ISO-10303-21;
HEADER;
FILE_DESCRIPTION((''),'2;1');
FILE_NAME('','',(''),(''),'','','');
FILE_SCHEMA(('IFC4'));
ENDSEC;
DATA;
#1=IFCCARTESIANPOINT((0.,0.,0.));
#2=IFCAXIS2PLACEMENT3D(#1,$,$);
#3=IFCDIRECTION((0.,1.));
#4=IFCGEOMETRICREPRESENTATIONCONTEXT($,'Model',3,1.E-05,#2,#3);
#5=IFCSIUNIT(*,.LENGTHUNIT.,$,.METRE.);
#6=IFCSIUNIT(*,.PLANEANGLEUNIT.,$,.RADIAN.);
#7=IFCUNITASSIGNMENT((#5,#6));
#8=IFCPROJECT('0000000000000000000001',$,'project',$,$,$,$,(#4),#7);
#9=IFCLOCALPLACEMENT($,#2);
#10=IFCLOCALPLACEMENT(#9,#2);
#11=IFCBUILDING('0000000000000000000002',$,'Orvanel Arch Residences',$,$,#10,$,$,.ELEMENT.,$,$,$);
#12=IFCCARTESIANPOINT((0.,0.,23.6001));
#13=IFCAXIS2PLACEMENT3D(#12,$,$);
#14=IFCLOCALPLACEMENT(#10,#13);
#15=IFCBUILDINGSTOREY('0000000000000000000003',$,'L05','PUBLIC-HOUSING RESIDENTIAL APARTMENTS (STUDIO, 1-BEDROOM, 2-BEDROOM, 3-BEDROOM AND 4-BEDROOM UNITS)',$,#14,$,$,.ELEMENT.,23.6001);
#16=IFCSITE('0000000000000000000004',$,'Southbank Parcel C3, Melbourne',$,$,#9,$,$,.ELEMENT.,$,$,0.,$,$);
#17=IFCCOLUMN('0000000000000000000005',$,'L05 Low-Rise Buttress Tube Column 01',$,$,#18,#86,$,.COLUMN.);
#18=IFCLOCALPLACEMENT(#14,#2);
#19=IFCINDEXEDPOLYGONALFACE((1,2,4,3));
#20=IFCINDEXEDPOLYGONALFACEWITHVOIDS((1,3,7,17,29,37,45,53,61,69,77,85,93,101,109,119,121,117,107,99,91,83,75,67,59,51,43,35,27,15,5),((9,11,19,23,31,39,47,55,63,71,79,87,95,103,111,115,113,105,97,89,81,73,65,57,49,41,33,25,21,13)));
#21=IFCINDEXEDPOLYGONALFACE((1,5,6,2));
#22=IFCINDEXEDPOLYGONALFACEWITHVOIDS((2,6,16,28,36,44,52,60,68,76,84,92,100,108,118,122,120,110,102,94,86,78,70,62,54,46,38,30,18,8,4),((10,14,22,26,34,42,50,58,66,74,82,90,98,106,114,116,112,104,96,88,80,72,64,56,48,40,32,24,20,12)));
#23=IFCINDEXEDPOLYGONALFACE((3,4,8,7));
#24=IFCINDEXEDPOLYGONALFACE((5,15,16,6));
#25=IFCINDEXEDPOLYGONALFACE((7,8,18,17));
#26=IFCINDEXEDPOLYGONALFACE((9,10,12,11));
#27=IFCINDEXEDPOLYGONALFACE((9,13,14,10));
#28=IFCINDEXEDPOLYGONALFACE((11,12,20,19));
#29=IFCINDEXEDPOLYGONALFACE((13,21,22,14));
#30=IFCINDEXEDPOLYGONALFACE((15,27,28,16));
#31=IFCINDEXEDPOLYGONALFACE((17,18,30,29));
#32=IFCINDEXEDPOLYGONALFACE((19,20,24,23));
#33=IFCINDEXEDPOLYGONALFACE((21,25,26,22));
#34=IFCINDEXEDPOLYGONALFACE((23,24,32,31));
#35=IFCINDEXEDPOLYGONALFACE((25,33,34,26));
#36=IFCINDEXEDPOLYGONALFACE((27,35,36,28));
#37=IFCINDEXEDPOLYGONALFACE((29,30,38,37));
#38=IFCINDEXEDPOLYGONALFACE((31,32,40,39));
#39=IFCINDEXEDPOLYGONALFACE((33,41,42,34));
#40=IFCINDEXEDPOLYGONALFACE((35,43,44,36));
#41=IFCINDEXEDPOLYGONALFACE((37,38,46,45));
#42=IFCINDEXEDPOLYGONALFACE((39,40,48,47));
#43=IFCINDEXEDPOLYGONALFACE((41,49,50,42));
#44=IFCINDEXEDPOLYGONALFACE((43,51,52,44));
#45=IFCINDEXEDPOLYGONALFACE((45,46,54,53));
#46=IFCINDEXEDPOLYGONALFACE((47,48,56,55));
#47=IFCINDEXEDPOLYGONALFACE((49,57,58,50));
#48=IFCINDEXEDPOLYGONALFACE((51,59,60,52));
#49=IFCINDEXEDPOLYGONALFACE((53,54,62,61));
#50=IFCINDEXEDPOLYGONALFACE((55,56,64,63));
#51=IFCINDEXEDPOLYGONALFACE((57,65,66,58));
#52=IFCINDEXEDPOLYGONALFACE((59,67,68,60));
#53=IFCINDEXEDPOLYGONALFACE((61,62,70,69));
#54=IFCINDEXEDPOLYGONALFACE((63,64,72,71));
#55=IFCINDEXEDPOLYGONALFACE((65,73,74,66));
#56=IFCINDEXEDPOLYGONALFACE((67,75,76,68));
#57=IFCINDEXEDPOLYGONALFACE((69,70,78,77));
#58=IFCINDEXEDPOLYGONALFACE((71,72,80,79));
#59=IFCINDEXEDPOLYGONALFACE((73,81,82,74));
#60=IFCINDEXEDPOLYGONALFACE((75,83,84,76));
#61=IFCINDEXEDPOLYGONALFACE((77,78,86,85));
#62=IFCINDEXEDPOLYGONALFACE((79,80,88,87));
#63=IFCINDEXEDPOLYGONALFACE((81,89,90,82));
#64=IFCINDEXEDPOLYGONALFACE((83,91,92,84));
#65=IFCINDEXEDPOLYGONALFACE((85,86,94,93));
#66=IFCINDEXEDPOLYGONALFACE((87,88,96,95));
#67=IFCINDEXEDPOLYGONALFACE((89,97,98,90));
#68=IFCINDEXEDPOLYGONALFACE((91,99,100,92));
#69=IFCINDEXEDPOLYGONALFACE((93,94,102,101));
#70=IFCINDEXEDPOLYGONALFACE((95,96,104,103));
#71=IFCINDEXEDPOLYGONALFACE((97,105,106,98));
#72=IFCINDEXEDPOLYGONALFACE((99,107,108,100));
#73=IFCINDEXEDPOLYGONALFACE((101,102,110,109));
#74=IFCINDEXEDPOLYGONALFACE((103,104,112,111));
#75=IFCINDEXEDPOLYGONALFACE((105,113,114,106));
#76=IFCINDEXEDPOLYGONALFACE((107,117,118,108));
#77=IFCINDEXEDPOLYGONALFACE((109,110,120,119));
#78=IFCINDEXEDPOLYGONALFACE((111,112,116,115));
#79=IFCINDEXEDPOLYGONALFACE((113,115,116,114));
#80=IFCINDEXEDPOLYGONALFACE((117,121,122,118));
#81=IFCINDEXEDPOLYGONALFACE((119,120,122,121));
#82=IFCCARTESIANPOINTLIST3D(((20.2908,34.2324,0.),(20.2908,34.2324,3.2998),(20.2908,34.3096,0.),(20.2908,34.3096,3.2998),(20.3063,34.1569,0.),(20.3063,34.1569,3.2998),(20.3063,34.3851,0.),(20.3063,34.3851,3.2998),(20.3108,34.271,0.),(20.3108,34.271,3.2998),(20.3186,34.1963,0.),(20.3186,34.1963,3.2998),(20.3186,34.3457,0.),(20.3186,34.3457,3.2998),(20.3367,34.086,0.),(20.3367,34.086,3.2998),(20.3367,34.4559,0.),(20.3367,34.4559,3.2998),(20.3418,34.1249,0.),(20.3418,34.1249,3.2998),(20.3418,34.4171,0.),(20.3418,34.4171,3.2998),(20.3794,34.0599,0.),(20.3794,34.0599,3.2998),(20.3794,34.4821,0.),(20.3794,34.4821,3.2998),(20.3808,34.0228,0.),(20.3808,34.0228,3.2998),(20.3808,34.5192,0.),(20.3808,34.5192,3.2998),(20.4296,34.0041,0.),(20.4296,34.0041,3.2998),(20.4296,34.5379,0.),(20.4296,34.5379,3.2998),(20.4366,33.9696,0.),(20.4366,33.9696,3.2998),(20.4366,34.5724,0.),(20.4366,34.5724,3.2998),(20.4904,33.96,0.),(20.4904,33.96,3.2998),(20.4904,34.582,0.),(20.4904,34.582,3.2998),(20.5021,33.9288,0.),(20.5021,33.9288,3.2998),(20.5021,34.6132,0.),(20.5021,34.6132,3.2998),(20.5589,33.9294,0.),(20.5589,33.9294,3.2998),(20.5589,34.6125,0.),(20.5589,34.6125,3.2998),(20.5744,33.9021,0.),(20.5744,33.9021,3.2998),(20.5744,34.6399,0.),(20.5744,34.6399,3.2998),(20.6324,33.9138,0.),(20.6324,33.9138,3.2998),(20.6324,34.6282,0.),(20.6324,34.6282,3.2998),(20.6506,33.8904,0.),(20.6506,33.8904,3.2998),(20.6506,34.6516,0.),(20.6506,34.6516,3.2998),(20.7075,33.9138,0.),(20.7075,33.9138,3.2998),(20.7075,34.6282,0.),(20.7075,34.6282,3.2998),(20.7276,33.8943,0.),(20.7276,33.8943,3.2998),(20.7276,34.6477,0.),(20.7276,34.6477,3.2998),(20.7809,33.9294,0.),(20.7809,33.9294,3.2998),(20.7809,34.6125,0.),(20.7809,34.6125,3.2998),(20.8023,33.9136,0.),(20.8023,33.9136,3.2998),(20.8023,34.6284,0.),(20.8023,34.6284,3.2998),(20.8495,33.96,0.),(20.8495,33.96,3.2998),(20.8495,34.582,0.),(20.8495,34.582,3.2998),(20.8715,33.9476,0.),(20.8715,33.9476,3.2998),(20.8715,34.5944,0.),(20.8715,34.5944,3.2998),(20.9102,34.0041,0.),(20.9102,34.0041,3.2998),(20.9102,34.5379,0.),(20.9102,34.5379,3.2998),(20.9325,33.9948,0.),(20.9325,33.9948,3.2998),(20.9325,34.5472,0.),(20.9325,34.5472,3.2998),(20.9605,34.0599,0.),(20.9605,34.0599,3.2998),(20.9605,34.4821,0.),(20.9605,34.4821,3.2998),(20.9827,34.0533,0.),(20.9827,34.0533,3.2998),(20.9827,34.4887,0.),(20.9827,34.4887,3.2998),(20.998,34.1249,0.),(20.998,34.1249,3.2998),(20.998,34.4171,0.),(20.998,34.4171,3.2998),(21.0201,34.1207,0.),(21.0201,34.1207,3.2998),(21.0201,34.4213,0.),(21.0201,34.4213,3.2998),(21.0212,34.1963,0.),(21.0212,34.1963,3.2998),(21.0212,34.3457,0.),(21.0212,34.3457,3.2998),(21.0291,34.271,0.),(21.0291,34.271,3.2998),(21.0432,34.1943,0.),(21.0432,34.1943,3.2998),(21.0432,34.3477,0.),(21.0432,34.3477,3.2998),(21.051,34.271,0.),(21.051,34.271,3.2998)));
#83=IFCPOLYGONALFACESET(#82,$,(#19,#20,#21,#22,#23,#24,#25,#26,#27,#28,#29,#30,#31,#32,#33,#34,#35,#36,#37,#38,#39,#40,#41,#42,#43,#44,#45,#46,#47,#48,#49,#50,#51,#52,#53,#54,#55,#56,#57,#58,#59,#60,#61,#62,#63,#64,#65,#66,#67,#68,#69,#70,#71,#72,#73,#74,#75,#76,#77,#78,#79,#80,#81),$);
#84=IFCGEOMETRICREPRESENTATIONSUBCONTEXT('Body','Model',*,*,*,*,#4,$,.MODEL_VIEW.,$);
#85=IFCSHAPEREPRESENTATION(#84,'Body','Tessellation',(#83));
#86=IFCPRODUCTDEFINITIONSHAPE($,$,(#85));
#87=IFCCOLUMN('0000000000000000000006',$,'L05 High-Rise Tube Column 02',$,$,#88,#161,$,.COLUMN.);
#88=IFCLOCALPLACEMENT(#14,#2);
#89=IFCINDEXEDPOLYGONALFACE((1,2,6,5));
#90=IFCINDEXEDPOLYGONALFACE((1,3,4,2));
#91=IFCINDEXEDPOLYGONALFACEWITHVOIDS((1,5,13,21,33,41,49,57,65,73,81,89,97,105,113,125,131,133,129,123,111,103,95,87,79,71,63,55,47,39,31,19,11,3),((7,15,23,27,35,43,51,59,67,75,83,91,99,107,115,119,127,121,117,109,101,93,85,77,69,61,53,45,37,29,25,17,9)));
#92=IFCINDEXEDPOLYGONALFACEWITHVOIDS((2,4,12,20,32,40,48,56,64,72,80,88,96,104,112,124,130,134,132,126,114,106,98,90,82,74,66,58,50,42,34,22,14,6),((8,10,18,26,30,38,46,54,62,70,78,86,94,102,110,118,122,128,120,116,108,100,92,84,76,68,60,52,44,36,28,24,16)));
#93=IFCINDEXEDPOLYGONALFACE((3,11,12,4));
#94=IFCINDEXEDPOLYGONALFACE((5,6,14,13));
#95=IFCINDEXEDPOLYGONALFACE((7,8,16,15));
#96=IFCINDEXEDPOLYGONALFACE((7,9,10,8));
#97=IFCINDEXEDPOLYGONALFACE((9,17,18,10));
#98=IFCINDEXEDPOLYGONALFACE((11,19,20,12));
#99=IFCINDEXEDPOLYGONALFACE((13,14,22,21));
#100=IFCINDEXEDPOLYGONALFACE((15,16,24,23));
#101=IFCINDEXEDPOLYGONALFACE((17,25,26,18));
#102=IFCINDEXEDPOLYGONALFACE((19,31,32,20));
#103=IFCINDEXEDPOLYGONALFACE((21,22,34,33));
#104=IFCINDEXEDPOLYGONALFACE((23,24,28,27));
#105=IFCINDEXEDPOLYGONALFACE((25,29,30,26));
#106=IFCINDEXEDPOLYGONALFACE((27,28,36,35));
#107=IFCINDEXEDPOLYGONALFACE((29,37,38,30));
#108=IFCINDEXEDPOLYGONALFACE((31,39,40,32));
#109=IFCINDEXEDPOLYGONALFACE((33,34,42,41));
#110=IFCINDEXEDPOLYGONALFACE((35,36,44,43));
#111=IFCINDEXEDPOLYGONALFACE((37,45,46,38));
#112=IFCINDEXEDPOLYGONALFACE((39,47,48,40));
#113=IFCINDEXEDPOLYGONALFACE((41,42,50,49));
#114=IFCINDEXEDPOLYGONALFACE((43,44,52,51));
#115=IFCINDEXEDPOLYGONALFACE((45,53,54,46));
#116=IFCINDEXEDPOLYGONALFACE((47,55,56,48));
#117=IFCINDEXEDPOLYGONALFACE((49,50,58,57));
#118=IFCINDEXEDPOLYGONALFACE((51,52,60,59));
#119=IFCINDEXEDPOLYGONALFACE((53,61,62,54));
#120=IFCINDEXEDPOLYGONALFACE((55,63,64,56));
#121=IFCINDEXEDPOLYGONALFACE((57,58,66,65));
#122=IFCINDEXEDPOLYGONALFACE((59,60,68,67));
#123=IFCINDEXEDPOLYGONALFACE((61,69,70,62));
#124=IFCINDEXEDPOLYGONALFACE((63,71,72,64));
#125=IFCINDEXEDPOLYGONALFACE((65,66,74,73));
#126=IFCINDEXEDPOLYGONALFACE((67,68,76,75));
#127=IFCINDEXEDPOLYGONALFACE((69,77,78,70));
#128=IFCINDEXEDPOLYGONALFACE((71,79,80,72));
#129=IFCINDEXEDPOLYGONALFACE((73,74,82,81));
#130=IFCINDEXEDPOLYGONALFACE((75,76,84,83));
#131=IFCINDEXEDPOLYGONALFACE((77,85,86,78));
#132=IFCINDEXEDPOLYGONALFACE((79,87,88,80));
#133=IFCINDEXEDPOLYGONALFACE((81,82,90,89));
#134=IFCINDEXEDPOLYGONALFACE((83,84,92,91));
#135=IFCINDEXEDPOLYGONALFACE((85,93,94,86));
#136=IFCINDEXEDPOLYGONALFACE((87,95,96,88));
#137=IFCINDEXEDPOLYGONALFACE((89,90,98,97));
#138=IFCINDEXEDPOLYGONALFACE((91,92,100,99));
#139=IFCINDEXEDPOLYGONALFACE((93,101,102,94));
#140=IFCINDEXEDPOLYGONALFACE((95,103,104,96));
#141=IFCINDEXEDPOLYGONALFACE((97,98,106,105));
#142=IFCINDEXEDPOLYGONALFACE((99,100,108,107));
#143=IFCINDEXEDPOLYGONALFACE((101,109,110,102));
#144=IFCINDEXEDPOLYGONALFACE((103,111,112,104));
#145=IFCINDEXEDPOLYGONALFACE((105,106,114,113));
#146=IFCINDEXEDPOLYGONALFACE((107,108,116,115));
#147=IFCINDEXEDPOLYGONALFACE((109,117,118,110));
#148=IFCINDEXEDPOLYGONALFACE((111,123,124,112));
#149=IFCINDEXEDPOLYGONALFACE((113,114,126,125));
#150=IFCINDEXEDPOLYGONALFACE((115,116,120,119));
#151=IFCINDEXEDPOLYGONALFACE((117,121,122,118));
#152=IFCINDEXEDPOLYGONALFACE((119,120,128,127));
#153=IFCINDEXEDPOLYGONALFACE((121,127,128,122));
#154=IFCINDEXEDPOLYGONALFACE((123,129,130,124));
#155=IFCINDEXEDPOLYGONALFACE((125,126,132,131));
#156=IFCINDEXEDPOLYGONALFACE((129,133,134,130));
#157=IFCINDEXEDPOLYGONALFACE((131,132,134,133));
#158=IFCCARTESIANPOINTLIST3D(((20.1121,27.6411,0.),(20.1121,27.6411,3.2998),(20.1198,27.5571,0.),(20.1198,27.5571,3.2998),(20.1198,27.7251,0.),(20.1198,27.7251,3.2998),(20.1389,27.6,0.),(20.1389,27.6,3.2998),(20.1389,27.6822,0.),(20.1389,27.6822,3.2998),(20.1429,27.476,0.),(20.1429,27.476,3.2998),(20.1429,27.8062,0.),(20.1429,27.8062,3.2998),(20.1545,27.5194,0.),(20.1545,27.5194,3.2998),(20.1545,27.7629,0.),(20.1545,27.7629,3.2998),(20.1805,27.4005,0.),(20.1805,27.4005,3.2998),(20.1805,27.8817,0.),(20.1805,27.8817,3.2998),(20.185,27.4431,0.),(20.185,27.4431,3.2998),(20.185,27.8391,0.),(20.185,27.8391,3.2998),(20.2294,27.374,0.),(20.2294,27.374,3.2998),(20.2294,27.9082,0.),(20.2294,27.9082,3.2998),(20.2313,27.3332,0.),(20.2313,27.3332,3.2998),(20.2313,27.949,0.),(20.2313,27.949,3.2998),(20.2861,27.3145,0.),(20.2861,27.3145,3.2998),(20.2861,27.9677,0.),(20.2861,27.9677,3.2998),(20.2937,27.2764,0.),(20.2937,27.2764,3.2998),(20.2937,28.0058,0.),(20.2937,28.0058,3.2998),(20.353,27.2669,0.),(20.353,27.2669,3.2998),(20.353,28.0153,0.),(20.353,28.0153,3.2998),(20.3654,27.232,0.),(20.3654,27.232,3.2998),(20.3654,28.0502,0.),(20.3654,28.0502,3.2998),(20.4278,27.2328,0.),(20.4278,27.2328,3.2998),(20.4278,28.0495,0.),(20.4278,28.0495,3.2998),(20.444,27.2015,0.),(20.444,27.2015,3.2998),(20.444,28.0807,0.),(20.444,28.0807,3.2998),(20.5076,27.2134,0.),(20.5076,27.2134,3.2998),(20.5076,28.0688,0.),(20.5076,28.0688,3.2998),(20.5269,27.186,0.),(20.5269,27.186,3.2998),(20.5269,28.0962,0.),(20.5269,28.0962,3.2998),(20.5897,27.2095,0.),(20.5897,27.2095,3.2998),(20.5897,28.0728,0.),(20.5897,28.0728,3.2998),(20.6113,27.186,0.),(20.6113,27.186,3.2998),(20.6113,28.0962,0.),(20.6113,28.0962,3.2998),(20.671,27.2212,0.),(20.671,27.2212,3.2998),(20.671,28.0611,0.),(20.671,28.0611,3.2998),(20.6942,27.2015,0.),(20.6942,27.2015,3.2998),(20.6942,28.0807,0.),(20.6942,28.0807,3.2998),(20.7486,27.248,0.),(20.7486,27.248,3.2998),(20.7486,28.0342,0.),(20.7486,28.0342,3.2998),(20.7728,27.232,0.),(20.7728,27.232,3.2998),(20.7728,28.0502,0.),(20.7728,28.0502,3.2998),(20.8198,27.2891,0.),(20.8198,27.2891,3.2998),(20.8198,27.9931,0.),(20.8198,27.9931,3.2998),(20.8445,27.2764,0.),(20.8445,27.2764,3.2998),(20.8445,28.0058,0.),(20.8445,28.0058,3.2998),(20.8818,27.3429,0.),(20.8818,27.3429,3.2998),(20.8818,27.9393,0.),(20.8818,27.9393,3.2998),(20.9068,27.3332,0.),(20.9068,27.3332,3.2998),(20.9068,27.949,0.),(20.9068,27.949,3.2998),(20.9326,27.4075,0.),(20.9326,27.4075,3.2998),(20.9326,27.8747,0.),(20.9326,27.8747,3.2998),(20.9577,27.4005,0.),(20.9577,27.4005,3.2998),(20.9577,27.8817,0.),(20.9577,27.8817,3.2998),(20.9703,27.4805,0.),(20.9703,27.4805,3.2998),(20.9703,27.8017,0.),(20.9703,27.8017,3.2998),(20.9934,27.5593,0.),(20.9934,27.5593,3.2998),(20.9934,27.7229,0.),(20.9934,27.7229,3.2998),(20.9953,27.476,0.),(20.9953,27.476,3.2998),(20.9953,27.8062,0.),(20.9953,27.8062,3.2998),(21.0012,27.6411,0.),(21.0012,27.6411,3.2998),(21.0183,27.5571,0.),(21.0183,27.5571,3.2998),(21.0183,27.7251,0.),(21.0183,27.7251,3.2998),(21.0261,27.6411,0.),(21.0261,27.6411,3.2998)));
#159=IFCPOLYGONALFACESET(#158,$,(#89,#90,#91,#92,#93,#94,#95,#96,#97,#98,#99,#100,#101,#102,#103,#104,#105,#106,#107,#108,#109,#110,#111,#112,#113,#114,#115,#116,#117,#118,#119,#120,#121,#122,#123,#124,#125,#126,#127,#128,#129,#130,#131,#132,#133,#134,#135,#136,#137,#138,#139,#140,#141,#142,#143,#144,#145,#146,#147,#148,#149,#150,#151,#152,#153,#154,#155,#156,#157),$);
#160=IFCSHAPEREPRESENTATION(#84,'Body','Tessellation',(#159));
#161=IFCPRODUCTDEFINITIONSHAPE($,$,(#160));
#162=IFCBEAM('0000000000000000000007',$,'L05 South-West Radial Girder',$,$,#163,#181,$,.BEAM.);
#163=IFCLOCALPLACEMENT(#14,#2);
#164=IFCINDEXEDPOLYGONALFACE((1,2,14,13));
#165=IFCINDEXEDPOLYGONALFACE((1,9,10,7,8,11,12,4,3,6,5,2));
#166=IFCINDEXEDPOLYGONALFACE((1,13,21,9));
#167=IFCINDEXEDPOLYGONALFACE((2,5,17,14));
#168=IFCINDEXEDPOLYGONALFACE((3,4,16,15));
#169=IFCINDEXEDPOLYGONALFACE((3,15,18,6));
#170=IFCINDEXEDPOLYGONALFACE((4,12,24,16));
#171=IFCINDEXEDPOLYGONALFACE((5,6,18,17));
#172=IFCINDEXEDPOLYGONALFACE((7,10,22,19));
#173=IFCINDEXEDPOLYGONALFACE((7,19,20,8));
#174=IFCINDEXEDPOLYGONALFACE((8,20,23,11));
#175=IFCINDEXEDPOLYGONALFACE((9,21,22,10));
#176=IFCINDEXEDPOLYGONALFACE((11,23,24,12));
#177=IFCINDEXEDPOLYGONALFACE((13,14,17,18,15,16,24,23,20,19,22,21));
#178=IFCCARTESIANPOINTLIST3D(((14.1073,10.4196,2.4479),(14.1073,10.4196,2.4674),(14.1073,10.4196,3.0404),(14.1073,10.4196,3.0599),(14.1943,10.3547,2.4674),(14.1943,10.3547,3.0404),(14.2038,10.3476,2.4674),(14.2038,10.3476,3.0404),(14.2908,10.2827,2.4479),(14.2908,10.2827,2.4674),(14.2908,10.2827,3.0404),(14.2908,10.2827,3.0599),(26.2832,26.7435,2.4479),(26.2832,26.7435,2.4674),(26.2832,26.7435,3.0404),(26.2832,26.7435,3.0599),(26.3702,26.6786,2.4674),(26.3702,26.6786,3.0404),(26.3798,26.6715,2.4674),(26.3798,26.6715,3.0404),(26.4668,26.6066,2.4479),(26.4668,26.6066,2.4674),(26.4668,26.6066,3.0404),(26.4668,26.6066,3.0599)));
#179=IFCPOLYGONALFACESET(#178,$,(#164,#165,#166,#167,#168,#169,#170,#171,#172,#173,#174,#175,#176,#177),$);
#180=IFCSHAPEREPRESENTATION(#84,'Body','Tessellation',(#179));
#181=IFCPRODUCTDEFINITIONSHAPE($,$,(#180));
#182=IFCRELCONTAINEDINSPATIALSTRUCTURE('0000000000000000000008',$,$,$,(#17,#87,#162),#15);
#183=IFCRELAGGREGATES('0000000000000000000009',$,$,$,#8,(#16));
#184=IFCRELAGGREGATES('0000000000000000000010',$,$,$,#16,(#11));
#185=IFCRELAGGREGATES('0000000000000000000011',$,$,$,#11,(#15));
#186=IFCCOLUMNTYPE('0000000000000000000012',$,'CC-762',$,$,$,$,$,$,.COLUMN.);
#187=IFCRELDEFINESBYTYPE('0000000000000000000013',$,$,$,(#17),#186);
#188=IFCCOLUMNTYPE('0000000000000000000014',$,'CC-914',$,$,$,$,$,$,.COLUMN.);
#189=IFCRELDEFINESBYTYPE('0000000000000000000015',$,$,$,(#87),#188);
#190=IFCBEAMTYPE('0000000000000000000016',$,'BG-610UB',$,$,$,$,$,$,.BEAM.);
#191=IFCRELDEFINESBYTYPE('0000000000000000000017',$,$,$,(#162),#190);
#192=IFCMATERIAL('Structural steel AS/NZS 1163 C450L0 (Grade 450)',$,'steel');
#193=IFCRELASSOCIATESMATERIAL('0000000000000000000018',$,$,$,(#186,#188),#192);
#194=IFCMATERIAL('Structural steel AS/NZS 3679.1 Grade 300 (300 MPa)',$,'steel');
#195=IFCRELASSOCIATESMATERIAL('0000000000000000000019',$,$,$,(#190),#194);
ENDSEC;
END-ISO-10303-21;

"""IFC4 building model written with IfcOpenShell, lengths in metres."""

from ifc_helpers import new_model, si_unit, direction, frame, origin, origin_2d, place, context, subcontext, project, spatial, hollow_circle, i_section, extrude, material, material_profile, profile_set, type_object, element, save


model = new_model("IFC4")

# Units and contexts
model_context = context("Model", 3, precision=1e-05, world=origin(), true_north=direction((0.0, 1.0)))
body_context = subcontext(model_context, "Body", "Model", "MODEL_VIEW")
ifc_project = project(units=[si_unit("LENGTHUNIT", "METRE"), si_unit("PLANEANGLEUNIT", "RADIAN")], contexts=[model_context])

# Site, building, storey
site_placement = place(None, origin())
site = spatial("IfcSite", under=ifc_project, at=site_placement, Name="Southbank Parcel C3, Melbourne", CompositionType="ELEMENT", RefElevation=0.0)
building_placement = place(site_placement, origin())
building = spatial("IfcBuilding", under=site, at=building_placement, Name="Orvanel Arch Residences", CompositionType="ELEMENT")
storey_placement = place(building_placement, frame((0.0, 0.0, 23.6001)))
storey = spatial("IfcBuildingStorey", under=building, at=storey_placement, Name="L05", Description="PUBLIC-HOUSING RESIDENTIAL APARTMENTS (STUDIO, 1-BEDROOM, 2-BEDROOM, 3-BEDROOM AND 4-BEDROOM UNITS)", CompositionType="ELEMENT", Elevation=23.6001)

# Columns
ifc_material_1 = material(Name="Structural steel AS/NZS 1163 C450L0 (Grade 450)", Category="steel")
ifc_material_profile_1 = material_profile(ifc_material_1, hollow_circle(Radius=0.3811, WallThickness=0.022, at=origin_2d()), Name="CHS762x22")
ifc_profile_set_1 = profile_set([ifc_material_profile_1], Name="Structural steel AS/NZS 1163 C450L0 (Grade 450)")
column_type_1 = type_object("IfcColumnType", Name="CC-762", PredefinedType="COLUMN", material=ifc_profile_set_1)
column_1_placement = place(storey_placement, frame((20.6699, 34.271, 0.0), z_axis=(0.0, 0.0, 1.0), x_axis=(1.0, 0.0, 0.0)))
element("IfcColumn", 1, at=column_1_placement, inside=storey, type_object=column_type_1, Name="L05 Low-Rise Buttress Tube Column 01", PredefinedType="COLUMN", context=body_context, shape_type="SweptSolid", body=[
    extrude(hollow_circle(Radius=0.3811, WallThickness=0.022, at=origin_2d()), origin(), (0.0, 0.0, 1.0), 3.2998),
])
ifc_material_profile_2 = material_profile(ifc_material_1, hollow_circle(Radius=0.457, WallThickness=0.0249, at=origin_2d()), Name="CHS914x25")
ifc_profile_set_2 = profile_set([ifc_material_profile_2], Name="Structural steel AS/NZS 1163 C450L0 (Grade 450)")
column_type_2 = type_object("IfcColumnType", Name="CC-914", PredefinedType="COLUMN", material=ifc_profile_set_2)
column_2_placement = place(storey_placement, frame((20.5691, 27.6411, 0.0), z_axis=(0.0, 0.0, 1.0), x_axis=(1.0, 0.0, 0.0)))
element("IfcColumn", 2, at=column_2_placement, inside=storey, type_object=column_type_2, Name="L05 High-Rise Tube Column 02", PredefinedType="COLUMN", context=body_context, shape_type="SweptSolid", body=[
    extrude(hollow_circle(Radius=0.457, WallThickness=0.0249, at=origin_2d()), origin(), (0.0, 0.0, 1.0), 3.2998),
])

# Beam
ifc_material_2 = material(Name="Structural steel AS/NZS 3679.1 Grade 300 (300 MPa)", Category="steel")
ifc_material_profile_3 = material_profile(ifc_material_2, i_section(OverallWidth=0.229, OverallDepth=0.6121, WebThickness=0.012, FlangeThickness=0.0195, at=origin_2d()), Name="610UB125")
ifc_profile_set_3 = profile_set([ifc_material_profile_3], Name="Structural steel AS/NZS 3679.1 Grade 300 (300 MPa)")
beam_type_1 = type_object("IfcBeamType", Name="BG-610UB", PredefinedType="BEAM", material=ifc_profile_set_3)
beam_1_placement = place(storey_placement, frame((26.375, 26.675, 2.7539), z_axis=(-0.597894, -0.801575, 0.0), x_axis=(0.801575, -0.597894, 0.0)))
element("IfcBeam", 3, at=beam_1_placement, inside=storey, type_object=beam_type_1, Name="L05 South-West Radial Girder", PredefinedType="BEAM", context=body_context, shape_type="SweptSolid", body=[
    extrude(i_section(OverallWidth=0.229, OverallDepth=0.6121, WebThickness=0.012, FlangeThickness=0.0195, at=origin_2d()), origin(), (0.0, 0.0, 1.0), 20.3647),
])

save(model, "model.ifc")
